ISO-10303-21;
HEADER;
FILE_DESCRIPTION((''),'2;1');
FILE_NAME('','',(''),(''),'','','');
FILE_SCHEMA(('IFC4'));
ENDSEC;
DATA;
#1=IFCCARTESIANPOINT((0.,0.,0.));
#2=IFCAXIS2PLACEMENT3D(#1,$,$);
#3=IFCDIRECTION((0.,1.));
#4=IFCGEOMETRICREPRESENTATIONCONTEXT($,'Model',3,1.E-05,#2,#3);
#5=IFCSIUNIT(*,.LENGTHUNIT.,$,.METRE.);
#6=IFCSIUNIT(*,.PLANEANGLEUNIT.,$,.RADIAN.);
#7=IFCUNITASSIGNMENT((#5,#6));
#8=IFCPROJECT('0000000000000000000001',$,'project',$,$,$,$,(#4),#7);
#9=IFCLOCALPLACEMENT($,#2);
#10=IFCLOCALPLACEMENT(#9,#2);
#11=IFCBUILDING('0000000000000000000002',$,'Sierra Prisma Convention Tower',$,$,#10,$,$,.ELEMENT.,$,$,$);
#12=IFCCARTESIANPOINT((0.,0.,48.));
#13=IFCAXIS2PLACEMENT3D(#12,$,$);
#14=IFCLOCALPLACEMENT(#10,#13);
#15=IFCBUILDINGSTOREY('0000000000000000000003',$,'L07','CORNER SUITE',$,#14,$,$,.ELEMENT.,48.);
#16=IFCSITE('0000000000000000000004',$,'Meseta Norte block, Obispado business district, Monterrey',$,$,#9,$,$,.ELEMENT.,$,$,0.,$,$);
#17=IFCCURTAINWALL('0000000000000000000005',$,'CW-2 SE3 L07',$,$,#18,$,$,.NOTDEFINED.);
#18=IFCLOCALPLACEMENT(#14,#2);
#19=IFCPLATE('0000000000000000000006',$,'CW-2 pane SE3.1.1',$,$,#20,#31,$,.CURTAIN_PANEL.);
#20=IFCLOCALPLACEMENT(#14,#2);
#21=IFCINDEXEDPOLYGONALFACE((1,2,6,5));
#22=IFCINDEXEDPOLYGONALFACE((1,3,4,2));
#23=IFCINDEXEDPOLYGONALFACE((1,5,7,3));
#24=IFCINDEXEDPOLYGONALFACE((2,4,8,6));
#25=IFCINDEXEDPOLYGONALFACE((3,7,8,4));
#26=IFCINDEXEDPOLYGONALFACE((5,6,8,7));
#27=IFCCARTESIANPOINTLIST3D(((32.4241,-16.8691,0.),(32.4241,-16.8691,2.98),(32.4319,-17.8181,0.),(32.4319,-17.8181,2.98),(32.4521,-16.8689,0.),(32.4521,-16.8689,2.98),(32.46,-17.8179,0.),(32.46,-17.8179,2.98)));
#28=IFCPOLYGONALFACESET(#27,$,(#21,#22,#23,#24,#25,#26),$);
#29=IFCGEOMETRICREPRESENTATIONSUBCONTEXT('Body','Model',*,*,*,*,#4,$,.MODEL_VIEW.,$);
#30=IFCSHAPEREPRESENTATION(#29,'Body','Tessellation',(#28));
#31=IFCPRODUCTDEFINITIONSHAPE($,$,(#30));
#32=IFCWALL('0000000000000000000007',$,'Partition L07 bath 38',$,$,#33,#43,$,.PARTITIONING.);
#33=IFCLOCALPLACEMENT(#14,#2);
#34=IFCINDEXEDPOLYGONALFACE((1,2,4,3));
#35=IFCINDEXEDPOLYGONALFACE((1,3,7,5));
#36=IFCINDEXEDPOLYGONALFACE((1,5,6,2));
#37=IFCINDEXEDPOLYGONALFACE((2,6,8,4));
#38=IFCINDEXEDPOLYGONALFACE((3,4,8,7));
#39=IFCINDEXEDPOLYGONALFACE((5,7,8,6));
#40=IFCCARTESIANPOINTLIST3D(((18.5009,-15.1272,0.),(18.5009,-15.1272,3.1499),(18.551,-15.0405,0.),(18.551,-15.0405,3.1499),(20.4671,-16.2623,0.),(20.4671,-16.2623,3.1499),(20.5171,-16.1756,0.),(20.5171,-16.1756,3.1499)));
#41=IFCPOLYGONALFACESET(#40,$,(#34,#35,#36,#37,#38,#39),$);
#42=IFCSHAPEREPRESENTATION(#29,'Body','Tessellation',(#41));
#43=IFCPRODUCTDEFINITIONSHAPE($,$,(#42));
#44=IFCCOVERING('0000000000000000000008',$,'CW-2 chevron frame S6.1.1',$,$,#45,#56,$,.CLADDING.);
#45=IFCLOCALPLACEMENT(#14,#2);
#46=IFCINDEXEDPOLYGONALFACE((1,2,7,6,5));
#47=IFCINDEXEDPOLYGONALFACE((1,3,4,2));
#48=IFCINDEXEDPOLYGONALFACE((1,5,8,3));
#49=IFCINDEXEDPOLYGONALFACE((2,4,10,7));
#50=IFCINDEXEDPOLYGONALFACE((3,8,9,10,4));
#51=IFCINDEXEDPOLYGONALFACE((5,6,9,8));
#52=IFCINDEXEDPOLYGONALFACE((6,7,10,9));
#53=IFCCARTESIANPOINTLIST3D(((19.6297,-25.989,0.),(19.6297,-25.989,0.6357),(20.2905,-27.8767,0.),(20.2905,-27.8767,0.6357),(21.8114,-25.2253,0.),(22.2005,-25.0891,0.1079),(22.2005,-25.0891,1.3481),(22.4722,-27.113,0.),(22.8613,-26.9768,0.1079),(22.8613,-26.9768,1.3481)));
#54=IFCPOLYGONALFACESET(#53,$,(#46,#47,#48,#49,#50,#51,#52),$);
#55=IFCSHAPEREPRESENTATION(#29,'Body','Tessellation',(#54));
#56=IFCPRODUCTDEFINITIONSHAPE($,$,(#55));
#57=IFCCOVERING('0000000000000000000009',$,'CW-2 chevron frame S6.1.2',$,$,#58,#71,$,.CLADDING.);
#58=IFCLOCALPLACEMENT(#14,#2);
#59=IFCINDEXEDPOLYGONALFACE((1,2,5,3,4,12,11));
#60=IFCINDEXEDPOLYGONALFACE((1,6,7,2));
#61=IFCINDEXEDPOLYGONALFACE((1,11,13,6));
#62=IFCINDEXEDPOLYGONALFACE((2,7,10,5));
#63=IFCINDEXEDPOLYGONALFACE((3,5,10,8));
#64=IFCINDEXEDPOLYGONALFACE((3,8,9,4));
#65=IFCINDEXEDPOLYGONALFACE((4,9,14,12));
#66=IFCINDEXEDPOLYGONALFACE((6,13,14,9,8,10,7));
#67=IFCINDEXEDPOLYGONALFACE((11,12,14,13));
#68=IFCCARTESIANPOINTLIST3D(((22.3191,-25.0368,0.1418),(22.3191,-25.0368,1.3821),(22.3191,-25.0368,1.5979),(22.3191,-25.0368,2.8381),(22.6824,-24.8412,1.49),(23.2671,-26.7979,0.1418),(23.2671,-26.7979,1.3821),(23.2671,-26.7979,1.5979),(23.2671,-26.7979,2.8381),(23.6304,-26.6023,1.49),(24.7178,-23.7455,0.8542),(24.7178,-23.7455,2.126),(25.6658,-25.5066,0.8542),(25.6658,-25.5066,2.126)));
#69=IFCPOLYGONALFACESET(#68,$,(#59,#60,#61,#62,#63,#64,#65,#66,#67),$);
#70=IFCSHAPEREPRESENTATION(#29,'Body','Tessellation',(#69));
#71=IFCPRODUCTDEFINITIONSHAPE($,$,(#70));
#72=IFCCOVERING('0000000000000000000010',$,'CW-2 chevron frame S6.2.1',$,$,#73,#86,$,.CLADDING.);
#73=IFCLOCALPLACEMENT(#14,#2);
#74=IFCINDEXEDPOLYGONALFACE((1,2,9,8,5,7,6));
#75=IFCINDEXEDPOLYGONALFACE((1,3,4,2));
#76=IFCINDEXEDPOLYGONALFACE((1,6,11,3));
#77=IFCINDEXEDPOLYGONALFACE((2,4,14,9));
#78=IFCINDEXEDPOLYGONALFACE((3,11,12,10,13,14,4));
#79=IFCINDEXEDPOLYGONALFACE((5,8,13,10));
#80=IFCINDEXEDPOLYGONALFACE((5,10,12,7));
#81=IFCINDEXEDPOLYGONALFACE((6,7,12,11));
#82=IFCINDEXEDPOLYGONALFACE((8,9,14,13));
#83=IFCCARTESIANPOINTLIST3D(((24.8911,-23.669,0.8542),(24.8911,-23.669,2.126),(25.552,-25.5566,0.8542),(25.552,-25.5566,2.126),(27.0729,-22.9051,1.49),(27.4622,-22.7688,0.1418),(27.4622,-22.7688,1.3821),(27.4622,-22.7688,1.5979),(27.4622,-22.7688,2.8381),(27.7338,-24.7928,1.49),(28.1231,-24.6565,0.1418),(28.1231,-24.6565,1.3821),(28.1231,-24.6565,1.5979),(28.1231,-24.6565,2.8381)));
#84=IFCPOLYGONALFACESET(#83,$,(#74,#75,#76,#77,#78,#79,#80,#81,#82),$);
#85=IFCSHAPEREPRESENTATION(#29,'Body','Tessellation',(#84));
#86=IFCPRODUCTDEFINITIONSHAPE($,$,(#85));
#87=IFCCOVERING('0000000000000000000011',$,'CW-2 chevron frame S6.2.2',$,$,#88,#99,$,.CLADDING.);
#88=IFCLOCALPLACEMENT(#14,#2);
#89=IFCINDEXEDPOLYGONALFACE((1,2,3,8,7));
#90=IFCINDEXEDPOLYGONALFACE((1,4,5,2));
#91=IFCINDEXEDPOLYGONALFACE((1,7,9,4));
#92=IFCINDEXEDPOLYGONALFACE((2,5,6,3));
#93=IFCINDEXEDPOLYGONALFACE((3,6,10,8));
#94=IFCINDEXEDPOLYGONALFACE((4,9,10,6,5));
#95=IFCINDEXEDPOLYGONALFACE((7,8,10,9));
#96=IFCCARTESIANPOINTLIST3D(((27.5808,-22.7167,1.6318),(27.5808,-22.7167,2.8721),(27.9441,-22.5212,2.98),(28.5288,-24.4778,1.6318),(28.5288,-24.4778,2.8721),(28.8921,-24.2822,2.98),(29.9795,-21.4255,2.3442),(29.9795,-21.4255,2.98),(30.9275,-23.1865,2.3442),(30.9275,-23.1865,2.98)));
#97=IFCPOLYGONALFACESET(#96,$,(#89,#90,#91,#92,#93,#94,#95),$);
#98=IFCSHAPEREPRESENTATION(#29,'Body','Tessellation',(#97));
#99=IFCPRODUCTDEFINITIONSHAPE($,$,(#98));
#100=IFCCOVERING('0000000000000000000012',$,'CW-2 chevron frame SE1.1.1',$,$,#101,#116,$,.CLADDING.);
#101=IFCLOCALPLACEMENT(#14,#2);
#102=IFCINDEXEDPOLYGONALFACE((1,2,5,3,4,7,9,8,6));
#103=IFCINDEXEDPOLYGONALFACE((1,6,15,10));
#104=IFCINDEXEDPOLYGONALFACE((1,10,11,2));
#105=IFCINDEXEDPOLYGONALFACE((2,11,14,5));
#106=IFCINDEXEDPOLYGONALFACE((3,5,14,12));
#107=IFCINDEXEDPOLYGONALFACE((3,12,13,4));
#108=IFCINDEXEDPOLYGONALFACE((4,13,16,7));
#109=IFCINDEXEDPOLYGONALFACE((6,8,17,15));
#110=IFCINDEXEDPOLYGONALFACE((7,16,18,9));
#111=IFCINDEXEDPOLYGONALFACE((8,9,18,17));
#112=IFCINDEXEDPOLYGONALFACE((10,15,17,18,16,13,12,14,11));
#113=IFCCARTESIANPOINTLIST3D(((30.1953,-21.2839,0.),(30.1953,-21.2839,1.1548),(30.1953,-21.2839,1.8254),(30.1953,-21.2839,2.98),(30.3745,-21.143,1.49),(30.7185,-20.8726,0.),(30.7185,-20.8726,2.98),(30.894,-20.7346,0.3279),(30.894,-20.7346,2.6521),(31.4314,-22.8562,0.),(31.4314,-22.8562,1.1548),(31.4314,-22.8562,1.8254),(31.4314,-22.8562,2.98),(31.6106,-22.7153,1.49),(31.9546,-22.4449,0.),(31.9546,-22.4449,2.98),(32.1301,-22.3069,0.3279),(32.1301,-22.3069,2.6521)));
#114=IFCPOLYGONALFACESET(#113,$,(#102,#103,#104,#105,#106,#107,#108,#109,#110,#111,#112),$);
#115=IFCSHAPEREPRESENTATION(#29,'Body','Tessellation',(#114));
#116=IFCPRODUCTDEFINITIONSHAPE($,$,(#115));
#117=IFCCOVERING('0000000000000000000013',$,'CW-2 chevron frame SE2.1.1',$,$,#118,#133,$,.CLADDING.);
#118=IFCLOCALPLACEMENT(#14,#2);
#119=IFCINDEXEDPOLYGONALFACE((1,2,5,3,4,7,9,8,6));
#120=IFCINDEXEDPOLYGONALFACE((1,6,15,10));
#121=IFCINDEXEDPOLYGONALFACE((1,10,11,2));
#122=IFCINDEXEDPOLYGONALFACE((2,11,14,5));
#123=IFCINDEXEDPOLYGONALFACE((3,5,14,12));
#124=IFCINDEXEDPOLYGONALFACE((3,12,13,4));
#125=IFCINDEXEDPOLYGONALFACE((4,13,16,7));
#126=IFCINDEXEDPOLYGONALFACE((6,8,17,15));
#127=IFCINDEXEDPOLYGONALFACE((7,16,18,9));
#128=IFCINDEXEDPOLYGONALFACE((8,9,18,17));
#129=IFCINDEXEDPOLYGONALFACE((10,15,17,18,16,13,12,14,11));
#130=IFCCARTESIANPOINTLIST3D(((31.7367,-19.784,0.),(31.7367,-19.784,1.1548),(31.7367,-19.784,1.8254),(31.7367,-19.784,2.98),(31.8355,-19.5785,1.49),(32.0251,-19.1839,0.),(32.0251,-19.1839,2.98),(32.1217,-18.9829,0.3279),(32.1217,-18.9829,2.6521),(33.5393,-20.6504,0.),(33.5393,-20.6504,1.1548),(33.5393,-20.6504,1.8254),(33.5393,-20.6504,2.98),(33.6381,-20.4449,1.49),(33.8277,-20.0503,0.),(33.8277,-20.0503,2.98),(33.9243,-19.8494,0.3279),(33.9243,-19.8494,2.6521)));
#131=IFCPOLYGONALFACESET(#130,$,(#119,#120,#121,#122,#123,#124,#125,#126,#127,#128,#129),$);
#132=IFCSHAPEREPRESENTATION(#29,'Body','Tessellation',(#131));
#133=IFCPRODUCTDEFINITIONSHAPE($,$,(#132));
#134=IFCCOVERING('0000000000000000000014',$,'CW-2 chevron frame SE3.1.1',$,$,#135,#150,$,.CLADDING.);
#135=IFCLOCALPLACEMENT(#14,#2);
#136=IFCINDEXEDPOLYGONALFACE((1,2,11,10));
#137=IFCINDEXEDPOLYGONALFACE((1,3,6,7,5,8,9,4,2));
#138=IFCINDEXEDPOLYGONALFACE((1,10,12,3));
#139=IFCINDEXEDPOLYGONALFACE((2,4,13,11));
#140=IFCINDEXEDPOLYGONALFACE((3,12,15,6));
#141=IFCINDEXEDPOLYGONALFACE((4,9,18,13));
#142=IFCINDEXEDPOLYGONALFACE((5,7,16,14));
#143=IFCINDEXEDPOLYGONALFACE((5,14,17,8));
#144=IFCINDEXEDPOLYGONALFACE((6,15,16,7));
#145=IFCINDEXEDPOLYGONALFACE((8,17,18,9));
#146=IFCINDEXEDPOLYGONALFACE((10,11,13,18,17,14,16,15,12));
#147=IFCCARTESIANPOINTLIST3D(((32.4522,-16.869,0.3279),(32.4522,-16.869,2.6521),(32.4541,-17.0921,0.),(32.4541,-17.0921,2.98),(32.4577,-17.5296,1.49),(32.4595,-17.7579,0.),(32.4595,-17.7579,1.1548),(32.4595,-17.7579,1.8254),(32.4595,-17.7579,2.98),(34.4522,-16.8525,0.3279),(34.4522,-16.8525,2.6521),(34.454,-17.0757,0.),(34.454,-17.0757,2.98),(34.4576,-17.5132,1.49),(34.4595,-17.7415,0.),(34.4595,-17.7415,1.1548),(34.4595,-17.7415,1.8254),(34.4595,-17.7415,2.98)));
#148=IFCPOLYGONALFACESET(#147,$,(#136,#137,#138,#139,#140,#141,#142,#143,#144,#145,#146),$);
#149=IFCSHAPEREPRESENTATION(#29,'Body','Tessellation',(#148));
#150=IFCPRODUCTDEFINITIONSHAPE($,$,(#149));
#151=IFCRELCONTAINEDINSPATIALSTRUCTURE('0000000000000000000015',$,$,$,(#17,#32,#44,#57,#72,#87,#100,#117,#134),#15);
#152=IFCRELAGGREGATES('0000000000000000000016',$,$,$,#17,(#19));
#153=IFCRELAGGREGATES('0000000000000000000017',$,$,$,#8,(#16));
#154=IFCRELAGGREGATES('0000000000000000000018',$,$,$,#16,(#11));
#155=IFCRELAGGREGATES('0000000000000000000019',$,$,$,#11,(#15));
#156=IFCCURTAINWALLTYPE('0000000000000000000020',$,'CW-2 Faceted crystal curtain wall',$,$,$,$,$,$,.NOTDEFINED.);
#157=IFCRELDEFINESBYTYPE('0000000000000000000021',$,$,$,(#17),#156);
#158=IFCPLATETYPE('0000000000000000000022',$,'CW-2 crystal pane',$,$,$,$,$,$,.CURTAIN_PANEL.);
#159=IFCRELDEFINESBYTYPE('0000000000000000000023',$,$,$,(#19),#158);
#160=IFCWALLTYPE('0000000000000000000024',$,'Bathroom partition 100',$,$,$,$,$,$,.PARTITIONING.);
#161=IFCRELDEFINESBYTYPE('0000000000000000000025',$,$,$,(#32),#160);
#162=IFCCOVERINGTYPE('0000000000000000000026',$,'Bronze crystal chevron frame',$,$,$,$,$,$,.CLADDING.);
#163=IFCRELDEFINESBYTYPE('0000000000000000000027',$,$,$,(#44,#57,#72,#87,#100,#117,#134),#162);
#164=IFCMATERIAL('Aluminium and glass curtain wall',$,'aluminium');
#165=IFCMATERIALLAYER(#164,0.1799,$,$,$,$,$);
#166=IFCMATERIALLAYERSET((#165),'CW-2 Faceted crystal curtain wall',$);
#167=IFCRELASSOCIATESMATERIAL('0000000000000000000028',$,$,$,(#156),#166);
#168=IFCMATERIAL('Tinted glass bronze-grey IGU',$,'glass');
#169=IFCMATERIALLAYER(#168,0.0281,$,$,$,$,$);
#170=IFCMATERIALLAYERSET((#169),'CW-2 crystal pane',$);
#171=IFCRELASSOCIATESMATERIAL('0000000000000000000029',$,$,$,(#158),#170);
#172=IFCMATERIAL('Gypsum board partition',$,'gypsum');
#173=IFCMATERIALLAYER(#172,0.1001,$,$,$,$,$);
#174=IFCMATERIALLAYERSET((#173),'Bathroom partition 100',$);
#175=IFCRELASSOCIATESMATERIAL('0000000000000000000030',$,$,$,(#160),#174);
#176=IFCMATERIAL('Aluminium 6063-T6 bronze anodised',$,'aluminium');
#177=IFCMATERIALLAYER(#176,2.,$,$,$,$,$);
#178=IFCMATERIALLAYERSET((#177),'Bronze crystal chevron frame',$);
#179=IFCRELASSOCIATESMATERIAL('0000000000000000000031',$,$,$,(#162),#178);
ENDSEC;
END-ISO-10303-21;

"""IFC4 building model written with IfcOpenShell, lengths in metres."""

from ifc_helpers import new_model, si_unit, direction, frame, frame_2d, origin, place, context, subcontext, project, spatial, polyline, rectangle, outline, extrude, material, layer, layer_set, type_object, element, aggregate, save


model = new_model("IFC4")

# Units and contexts
model_context = context("Model", 3, precision=1e-05, world=origin(), true_north=direction((0.0, 1.0)))
body_context = subcontext(model_context, "Body", "Model", "MODEL_VIEW")
ifc_project = project(units=[si_unit("LENGTHUNIT", "METRE"), si_unit("PLANEANGLEUNIT", "RADIAN")], contexts=[model_context])

# Site, building, storey
site_placement = place(None, origin())
site = spatial("IfcSite", under=ifc_project, at=site_placement, Name="Meseta Norte block, Obispado business district, Monterrey", CompositionType="ELEMENT", RefElevation=0.0)
building_placement = place(site_placement, origin())
building = spatial("IfcBuilding", under=site, at=building_placement, Name="Sierra Prisma Convention Tower", CompositionType="ELEMENT")
storey_placement = place(building_placement, frame((0.0, 0.0, 48.0)))
storey = spatial("IfcBuildingStorey", under=building, at=storey_placement, Name="L07", Description="CORNER SUITE", CompositionType="ELEMENT", Elevation=48.0)

# Shared definitions
ifc_material_1 = material(Name="Aluminium and glass curtain wall", Category="aluminium")
ifc_layer_1 = layer(ifc_material_1, 0.1799)
ifc_layer_set_1 = layer_set([ifc_layer_1], Name="CW-2 Faceted crystal curtain wall")
curtain_wall_type = type_object("IfcCurtainWallType", Name="CW-2 Faceted crystal curtain wall", PredefinedType="NOTDEFINED", material=ifc_layer_set_1)

# Curtain wall
curtain_wall_1_placement = place(storey_placement, origin())
curtain_wall_1 = element("IfcCurtainWall", 1, at=curtain_wall_1_placement, inside=storey, type_object=curtain_wall_type, Name="CW-2 SE3 L07", PredefinedType="NOTDEFINED")

# Plate
ifc_material_2 = material(Name="Tinted glass bronze-grey IGU", Category="glass")
ifc_layer_2 = layer(ifc_material_2, 0.0281)
ifc_layer_set_2 = layer_set([ifc_layer_2], Name="CW-2 crystal pane")
plate_type = type_object("IfcPlateType", Name="CW-2 crystal pane", PredefinedType="CURTAIN_PANEL", material=ifc_layer_set_2)
plate_1_placement = place(storey_placement, frame((32.46, -17.8179, 0.0), z_axis=(0.999966, 0.008232, 0.0), x_axis=(-0.008232, 0.999966, 0.0)))
plate_1 = element("IfcPlate", 2, at=plate_1_placement, type_object=plate_type, Name="CW-2 pane SE3.1.1", PredefinedType="CURTAIN_PANEL", context=body_context, shape_type="SweptSolid", body=[
    extrude(outline(polyline([(0.0, 0.0), (0.949, 0.0), (0.949, 2.98), (0.0, 2.98), (0.0, 0.0)])), origin(), (0.0, 0.0, -1.0), 0.0281),
])
aggregate(curtain_wall_1, [plate_1])

# Wall
ifc_material_3 = material(Name="Gypsum board partition", Category="gypsum")
ifc_layer_3 = layer(ifc_material_3, 0.1001)
ifc_layer_set_3 = layer_set([ifc_layer_3], Name="Bathroom partition 100")
wall_type = type_object("IfcWallType", Name="Bathroom partition 100", PredefinedType="PARTITIONING", material=ifc_layer_set_3)
wall_placement = place(storey_placement, frame((20.4922, -16.219, 0.0), z_axis=(0.0, 0.0, 1.0), x_axis=(-0.866044, 0.499968, 0.0)))
element("IfcWall", 3, at=wall_placement, inside=storey, type_object=wall_type, Name="Partition L07 bath 38", PredefinedType="PARTITIONING", context=body_context, shape_type="SweptSolid", body=[
    extrude(rectangle(XDim=2.2703, YDim=0.1001, at=frame_2d((1.1353, 0.0))), origin(), (0.0, 0.0, 1.0), 3.1499),
])

# Coverings
ifc_material_4 = material(Name="Aluminium 6063-T6 bronze anodised", Category="aluminium")
ifc_layer_4 = layer(ifc_material_4, 2.0)
ifc_layer_set_4 = layer_set([ifc_layer_4], Name="Bronze crystal chevron frame")
covering_type = type_object("IfcCoveringType", Name="Bronze crystal chevron frame", PredefinedType="CLADDING", material=ifc_layer_set_4)
covering_1_placement = place(storey_placement, frame((22.4722, -27.113, 0.0), z_axis=(0.33039, -0.943844, 0.000003), x_axis=(0.913091, 0.319626, 0.25319)))
element("IfcCovering", 4, at=covering_1_placement, inside=storey, type_object=covering_type, Name="CW-2 chevron frame S6.1.1", PredefinedType="CLADDING", context=body_context, shape_type="SweptSolid", body=[
    extrude(outline(polyline([(0.0, 0.0), (0.4262, 0.0), (0.7402, 1.1998), (-2.0752, 1.2003), (-2.2361, 0.5852), (0.0, 0.0)])), origin(), (0.0, 0.0, -1.0), 2.0),
])
covering_2_placement = place(storey_placement, frame((23.2671, -26.7979, 1.3821), z_axis=(0.474004, -0.880523, 0.0), x_axis=(0.0, 0.0, -1.0)))
element("IfcCovering", 5, at=covering_2_placement, inside=storey, type_object=covering_type, Name="CW-2 chevron frame S6.1.2", PredefinedType="CLADDING", context=body_context, shape_type="SweptSolid", body=[
    extrude(outline(polyline([(0.0, 0.0), (1.2402, 0.0), (0.5278, 2.7242), (-0.7439, 2.7242), (-1.4561, 0.0), (-0.2158, 0.0), (-0.1079, 0.4126), (0.0, 0.0)])), origin(), (0.0, 0.0, -1.0), 2.0),
])
covering_3_placement = place(storey_placement, frame((25.552, -25.5566, 0.8542), z_axis=(0.330438, -0.943828, 0.0), x_axis=(0.913118, 0.319687, -0.253013)))
element("IfcCovering", 6, at=covering_3_placement, inside=storey, type_object=covering_type, Name="CW-2 chevron frame S6.2.1", PredefinedType="CLADDING", context=body_context, shape_type="SweptSolid", body=[
    extrude(outline(polyline([(0.0, 0.0), (2.8157, 0.0), (2.5019, 1.1999), (2.0756, 1.1999), (2.4473, 1.4087), (2.1335, 2.6086), (-0.3218, 1.2304), (0.0, 0.0)])), origin(), (0.0, 0.0, -1.0), 2.0),
])
covering_4_placement = place(storey_placement, frame((28.5288, -24.4778, 1.6318), z_axis=(0.474004, -0.880523, -0.000002), x_axis=(0.851875, 0.458581, 0.253005)))
element("IfcCovering", 7, at=covering_4_placement, inside=storey, type_object=covering_type, Name="CW-2 chevron frame S6.2.2", PredefinedType="CLADDING", context=body_context, shape_type="SweptSolid", body=[
    extrude(outline(polyline([(0.0, 0.0), (2.8158, 0.0), (2.9766, 0.6151), (0.7402, 1.1999), (0.3138, 1.1999), (0.0, 0.0)])), origin(), (0.0, 0.0, -1.0), 2.0),
])
covering_5_placement = place(storey_placement, frame((31.4314, -22.8562, 0.0), z_axis=(0.618046, -0.786142, 0.0), x_axis=(0.786142, 0.618046, 0.0)))
element("IfcCovering", 8, at=covering_5_placement, inside=storey, type_object=covering_type, Name="CW-2 chevron frame SE1.1.1", PredefinedType="CLADDING", context=body_context, shape_type="SweptSolid", body=[
    extrude(outline(polyline([(0.0, 0.0), (0.6656, 0.0), (0.8888, 0.3279), (0.8888, 2.6521), (0.6656, 2.98), (0.0, 2.98), (0.0, 1.8254), (0.2279, 1.49), (0.0, 1.1548), (0.0, 0.0)])), origin(), (0.0, 0.0, -1.0), 2.0),
])
covering_6_placement = place(storey_placement, frame((33.5393, -20.6504, 0.0), z_axis=(0.901292, -0.433212, 0.0), x_axis=(0.433212, 0.901292, 0.0)))
element("IfcCovering", 9, at=covering_6_placement, inside=storey, type_object=covering_type, Name="CW-2 chevron frame SE2.1.1", PredefinedType="CLADDING", context=body_context, shape_type="SweptSolid", body=[
    extrude(outline(polyline([(0.0, 0.0), (0.6658, 0.0), (0.8887, 0.3279), (0.8887, 2.6521), (0.6658, 2.98), (0.0, 2.98), (0.0, 1.8254), (0.228, 1.49), (0.0, 1.1548), (0.0, 0.0)])), origin(), (0.0, 0.0, -1.0), 2.0),
])
covering_7_placement = place(storey_placement, frame((34.4595, -17.7415, 0.0), z_axis=(0.999966, 0.008214, 0.0), x_axis=(-0.008214, 0.999966, 0.0)))
element("IfcCovering", 10, at=covering_7_placement, inside=storey, type_object=covering_type, Name="CW-2 chevron frame SE3.1.1", PredefinedType="CLADDING", context=body_context, shape_type="SweptSolid", body=[
    extrude(outline(polyline([(0.0, 0.0), (0.6658, 0.0), (0.8889, 0.3279), (0.8889, 2.6521), (0.6658, 2.98), (0.0, 2.98), (0.0, 1.8254), (0.2283, 1.49), (0.0, 1.1548), (0.0, 0.0)])), origin(), (0.0, 0.0, -1.0), 2.0),
])

save(model, "model.ifc")
